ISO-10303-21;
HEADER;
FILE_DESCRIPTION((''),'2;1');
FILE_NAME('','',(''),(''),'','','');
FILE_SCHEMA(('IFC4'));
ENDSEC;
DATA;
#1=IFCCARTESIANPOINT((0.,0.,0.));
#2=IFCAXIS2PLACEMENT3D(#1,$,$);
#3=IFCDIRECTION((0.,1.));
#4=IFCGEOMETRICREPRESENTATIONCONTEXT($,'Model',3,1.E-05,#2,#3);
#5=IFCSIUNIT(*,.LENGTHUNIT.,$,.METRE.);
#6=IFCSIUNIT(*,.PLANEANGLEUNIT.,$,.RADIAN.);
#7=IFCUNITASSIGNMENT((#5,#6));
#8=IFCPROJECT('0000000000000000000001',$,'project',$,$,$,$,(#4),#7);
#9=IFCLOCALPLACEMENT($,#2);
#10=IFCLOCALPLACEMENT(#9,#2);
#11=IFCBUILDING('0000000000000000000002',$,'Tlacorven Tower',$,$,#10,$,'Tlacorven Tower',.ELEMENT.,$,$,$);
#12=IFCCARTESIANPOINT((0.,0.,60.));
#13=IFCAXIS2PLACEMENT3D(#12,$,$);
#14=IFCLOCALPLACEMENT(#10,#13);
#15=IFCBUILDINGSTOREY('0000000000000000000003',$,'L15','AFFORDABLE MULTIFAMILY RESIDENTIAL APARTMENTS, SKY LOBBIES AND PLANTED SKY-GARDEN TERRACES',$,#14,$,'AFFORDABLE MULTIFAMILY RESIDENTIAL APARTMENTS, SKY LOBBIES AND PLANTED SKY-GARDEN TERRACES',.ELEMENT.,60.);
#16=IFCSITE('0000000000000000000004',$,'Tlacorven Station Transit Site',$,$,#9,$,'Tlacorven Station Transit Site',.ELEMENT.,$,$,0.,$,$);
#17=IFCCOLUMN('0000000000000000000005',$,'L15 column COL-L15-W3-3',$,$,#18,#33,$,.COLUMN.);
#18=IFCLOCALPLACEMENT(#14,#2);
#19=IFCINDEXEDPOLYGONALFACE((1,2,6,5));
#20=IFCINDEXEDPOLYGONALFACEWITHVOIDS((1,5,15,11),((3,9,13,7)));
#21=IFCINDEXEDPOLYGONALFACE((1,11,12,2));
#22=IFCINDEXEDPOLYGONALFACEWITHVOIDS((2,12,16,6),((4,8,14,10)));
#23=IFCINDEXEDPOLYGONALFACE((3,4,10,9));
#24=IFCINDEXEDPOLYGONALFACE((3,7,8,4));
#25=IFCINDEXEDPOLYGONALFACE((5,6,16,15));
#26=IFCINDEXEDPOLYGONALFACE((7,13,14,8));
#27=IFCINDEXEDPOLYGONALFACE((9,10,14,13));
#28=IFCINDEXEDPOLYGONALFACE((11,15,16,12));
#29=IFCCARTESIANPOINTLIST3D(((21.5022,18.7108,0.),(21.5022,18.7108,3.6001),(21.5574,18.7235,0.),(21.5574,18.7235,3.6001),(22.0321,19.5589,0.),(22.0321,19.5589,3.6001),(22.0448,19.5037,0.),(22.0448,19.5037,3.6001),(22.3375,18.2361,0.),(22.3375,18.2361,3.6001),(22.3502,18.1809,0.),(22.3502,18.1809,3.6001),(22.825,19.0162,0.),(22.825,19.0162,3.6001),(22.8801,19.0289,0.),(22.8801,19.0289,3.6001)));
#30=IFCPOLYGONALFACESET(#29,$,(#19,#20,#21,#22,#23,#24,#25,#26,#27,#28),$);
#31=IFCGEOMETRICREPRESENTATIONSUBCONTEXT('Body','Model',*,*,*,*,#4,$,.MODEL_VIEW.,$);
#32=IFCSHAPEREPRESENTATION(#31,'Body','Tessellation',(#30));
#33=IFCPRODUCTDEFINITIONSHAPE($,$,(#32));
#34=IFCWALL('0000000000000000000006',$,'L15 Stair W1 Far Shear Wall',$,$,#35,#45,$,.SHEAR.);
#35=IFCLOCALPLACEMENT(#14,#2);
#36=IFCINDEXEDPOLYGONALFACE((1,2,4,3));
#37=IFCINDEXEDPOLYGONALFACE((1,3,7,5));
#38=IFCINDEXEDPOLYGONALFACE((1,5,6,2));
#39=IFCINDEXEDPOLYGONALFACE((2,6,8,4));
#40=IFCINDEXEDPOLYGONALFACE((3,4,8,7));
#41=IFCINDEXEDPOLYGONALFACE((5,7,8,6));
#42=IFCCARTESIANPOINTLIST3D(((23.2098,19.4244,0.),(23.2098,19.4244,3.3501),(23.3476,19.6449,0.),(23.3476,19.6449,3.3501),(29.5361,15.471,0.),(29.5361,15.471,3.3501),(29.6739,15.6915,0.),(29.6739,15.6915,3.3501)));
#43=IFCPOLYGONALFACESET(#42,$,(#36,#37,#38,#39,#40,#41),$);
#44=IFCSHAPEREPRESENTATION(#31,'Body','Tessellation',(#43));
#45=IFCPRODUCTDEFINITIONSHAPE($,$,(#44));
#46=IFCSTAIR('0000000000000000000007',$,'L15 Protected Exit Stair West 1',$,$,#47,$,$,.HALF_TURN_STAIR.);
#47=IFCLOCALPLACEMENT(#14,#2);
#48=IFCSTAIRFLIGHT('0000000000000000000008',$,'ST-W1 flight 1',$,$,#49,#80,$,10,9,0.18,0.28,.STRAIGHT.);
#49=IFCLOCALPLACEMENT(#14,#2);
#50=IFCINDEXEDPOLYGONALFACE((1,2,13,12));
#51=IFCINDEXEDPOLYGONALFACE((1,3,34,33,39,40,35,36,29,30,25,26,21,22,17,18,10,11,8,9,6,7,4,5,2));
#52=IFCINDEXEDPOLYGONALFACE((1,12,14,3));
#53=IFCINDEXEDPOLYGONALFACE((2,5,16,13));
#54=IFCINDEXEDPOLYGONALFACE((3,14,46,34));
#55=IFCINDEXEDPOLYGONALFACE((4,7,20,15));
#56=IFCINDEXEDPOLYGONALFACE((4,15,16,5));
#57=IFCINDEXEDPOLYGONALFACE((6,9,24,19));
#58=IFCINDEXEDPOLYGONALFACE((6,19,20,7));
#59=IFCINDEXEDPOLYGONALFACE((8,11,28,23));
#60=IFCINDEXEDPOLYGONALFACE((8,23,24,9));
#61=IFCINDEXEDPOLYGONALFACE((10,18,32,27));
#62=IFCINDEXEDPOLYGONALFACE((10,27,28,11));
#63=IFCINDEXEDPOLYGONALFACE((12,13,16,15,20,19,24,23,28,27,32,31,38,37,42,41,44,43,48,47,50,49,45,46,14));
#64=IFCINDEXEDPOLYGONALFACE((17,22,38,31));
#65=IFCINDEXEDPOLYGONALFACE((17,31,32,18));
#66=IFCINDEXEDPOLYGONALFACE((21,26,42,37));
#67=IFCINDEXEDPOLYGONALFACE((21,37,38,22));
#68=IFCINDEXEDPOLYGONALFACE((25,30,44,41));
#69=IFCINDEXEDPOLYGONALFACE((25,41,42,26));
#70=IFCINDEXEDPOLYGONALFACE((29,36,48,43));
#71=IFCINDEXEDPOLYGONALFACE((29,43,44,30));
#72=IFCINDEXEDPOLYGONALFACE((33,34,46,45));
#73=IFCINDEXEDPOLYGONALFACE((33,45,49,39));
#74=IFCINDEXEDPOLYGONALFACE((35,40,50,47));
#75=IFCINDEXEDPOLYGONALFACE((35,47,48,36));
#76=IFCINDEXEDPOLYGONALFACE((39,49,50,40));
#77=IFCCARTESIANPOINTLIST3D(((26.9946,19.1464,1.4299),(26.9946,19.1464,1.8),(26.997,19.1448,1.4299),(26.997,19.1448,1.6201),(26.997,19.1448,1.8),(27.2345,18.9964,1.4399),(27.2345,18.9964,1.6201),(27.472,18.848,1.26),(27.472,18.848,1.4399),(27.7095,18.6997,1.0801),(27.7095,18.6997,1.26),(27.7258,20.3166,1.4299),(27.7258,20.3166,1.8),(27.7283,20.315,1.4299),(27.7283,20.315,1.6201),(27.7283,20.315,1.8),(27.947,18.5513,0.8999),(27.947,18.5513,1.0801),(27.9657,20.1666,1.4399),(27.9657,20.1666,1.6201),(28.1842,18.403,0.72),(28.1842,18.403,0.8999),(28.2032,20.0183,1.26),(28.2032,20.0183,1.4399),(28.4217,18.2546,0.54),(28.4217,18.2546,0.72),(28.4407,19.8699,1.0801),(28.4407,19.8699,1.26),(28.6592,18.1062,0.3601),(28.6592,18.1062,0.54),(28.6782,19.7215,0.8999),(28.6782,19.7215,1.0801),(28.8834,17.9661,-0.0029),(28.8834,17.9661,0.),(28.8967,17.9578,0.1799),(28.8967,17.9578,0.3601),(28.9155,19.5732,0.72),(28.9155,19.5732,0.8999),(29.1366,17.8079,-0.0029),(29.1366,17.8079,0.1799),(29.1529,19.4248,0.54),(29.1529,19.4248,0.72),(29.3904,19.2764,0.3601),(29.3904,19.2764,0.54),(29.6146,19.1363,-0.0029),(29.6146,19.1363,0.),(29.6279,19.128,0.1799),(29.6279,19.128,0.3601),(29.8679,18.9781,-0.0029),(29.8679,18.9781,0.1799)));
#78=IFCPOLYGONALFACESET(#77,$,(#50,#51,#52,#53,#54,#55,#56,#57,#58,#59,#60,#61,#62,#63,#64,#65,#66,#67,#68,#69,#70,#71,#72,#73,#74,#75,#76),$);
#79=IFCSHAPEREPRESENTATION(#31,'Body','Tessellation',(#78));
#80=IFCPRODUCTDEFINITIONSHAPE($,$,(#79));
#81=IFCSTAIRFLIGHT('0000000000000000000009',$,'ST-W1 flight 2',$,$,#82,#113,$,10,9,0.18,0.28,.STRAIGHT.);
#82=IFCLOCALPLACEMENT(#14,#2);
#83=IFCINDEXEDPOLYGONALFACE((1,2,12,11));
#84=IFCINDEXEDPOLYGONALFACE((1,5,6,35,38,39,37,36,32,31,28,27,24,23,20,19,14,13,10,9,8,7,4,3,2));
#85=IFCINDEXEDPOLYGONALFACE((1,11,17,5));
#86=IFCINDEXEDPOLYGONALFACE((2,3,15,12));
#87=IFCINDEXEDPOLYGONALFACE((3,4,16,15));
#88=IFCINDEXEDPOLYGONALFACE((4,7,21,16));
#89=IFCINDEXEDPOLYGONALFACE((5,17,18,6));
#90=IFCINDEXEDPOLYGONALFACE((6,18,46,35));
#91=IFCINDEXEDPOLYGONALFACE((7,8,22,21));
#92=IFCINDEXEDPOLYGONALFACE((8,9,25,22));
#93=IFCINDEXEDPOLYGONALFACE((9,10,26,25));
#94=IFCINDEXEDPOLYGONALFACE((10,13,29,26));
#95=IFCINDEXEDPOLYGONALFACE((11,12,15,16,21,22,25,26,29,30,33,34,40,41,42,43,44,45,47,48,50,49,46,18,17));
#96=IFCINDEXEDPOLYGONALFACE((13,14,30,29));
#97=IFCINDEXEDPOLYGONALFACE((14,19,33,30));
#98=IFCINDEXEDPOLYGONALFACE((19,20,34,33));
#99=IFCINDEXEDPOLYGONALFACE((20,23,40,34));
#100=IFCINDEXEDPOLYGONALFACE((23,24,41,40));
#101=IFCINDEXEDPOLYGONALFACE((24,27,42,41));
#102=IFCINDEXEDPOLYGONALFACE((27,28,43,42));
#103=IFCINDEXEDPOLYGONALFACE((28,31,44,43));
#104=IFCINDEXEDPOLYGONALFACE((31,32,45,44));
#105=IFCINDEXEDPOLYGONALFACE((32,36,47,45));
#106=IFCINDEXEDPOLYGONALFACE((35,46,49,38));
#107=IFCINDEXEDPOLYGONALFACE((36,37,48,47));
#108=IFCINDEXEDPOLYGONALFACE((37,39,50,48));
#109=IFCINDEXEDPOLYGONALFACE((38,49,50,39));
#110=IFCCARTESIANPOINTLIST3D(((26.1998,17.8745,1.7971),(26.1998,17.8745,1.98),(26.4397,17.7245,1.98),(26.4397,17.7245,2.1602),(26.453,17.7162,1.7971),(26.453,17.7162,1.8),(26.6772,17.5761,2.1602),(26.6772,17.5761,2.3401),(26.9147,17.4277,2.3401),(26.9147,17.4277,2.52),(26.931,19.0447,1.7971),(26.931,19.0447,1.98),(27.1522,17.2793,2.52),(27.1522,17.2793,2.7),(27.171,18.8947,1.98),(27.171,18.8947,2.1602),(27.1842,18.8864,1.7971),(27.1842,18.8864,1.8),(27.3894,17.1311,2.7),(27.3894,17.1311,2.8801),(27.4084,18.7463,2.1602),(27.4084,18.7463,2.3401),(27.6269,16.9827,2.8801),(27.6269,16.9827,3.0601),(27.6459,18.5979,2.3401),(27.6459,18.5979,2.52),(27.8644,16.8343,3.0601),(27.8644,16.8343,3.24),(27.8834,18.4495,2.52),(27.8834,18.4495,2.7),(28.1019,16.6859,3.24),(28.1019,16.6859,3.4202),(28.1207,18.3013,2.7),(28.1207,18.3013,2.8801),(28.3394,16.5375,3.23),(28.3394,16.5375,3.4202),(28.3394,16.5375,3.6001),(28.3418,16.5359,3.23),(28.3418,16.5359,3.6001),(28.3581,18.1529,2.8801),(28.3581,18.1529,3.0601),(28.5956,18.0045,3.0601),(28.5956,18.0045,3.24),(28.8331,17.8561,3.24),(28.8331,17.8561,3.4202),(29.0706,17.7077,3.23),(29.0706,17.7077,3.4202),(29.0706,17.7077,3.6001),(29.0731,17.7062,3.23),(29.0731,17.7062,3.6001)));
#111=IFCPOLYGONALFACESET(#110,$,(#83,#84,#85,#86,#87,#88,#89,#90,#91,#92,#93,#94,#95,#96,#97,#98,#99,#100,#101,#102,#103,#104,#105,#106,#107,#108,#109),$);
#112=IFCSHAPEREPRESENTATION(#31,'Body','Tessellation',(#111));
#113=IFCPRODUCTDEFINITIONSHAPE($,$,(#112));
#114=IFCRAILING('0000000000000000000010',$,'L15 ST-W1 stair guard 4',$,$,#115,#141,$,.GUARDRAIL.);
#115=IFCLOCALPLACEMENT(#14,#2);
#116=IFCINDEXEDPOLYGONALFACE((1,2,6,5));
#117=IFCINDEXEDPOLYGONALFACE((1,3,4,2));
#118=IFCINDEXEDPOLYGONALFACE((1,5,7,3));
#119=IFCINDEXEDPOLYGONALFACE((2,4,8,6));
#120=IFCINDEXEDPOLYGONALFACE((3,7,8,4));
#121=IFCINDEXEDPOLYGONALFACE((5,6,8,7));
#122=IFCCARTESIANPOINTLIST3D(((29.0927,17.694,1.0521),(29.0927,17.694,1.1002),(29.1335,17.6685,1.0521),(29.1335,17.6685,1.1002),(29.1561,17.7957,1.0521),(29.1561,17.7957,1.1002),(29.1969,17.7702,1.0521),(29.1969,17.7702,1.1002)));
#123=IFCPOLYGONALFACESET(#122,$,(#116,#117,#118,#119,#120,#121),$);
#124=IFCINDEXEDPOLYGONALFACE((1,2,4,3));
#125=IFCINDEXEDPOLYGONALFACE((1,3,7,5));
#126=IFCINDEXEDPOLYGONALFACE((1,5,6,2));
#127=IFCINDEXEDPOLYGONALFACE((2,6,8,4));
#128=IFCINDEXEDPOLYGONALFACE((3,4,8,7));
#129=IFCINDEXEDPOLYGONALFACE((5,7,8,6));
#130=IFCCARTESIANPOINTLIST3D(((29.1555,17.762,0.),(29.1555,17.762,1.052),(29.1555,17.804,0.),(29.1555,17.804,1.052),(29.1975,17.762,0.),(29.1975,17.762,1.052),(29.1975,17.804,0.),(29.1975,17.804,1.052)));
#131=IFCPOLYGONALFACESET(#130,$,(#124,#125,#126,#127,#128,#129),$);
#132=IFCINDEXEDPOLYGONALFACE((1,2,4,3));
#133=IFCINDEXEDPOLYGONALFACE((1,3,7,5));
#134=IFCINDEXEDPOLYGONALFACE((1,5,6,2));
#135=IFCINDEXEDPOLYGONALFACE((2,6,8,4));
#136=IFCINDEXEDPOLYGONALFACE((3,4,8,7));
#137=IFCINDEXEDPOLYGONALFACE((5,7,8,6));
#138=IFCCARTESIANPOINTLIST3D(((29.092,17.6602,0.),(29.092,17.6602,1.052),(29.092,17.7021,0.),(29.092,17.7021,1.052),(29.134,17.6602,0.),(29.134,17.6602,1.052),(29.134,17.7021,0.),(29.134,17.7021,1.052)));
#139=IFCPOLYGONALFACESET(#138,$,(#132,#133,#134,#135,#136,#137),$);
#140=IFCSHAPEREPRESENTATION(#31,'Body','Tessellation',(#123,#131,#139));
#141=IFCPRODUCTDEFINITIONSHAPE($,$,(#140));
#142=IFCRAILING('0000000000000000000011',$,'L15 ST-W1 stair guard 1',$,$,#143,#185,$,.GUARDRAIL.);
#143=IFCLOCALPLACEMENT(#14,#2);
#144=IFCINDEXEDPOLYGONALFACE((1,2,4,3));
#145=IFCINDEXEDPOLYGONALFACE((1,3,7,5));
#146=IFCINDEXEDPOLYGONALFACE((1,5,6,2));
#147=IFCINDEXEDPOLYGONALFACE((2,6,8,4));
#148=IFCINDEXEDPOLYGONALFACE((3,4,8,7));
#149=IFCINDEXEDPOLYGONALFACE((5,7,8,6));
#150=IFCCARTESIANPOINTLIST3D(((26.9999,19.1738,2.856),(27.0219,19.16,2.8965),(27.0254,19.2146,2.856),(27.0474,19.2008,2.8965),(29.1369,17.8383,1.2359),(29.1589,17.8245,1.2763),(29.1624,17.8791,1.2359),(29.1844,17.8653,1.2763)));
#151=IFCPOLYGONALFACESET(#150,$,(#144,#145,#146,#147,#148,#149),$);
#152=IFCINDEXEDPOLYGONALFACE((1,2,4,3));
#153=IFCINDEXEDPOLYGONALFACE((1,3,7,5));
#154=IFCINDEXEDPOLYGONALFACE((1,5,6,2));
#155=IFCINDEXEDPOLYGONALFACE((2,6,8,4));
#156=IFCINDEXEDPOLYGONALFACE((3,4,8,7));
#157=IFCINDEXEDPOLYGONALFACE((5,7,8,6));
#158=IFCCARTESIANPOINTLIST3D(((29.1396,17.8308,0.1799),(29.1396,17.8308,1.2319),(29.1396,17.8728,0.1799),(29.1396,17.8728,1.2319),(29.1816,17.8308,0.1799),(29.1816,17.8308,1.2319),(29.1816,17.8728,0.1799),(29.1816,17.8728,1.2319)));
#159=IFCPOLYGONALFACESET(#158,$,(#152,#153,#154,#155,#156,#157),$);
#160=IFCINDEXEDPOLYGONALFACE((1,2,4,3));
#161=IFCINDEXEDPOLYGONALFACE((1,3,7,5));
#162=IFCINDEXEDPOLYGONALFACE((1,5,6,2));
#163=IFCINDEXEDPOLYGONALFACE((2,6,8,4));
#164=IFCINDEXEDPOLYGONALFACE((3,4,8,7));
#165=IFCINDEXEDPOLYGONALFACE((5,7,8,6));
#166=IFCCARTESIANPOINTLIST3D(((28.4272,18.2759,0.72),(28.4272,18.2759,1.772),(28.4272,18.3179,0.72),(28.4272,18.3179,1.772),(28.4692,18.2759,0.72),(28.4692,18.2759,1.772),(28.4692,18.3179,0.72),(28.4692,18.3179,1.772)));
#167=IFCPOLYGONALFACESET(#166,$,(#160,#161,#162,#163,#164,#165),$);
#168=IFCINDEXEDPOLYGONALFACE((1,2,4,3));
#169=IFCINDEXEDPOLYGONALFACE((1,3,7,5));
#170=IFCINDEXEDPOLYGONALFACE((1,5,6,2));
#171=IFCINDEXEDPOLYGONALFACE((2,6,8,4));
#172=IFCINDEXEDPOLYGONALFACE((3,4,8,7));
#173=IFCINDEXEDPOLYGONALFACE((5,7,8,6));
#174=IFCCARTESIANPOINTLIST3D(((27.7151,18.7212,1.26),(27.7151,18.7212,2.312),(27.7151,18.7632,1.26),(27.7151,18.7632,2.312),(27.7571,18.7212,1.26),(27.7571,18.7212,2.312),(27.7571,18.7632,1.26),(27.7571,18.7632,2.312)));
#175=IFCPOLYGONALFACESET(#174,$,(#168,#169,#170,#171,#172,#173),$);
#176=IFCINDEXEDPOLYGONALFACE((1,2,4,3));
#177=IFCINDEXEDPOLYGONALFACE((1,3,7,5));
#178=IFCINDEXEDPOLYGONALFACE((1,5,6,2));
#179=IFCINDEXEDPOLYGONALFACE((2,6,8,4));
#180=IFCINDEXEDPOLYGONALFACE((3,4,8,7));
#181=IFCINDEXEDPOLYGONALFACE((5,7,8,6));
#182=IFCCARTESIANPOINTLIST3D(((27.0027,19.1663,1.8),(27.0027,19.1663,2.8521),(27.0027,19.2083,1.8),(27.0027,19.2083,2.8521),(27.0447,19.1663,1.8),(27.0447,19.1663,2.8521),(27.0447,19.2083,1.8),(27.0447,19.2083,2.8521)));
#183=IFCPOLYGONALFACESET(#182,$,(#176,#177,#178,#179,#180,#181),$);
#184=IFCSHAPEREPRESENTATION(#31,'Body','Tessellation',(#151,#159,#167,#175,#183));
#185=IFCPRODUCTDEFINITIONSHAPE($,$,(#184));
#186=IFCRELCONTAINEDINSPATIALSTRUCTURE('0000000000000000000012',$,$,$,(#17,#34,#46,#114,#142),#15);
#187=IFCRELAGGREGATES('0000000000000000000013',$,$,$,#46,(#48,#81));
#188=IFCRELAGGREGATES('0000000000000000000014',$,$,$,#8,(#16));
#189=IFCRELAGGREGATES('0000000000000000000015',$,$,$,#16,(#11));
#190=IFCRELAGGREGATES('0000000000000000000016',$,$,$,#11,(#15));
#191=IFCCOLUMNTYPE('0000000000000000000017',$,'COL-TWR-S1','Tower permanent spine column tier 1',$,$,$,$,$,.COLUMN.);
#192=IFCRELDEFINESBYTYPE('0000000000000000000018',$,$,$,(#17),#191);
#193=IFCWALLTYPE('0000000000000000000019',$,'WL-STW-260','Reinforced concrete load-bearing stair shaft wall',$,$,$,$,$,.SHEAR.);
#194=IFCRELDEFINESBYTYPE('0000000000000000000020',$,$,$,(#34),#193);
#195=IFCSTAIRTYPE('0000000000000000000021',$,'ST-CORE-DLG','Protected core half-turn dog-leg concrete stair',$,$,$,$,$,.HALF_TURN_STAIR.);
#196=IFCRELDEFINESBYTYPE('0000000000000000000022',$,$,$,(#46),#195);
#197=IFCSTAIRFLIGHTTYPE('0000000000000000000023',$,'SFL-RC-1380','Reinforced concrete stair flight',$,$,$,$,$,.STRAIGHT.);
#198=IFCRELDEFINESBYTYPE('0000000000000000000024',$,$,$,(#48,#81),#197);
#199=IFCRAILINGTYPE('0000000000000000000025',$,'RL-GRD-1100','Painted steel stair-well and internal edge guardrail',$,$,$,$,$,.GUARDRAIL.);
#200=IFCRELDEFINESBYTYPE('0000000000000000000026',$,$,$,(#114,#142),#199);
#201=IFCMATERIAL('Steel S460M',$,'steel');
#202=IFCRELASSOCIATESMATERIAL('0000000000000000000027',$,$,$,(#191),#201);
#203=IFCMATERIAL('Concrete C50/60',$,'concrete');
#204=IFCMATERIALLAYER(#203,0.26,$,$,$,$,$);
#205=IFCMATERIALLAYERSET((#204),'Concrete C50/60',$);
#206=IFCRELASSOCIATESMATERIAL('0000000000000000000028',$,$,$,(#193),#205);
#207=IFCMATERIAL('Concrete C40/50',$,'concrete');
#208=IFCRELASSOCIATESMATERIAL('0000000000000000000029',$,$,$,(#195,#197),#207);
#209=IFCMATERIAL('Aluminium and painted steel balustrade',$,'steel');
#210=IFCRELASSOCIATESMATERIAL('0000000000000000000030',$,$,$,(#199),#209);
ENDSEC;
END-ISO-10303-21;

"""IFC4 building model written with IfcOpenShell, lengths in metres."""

from ifc_helpers import new_model, si_unit, direction, frame, frame_2d, origin, origin_2d, place, context, subcontext, project, spatial, polyline, rectangle, hollow_rectangle, outline, extrude, source, transform, mapped, material, layer, layer_set, material_profile, profile_set, type_object, element, aggregate, save


model = new_model("IFC4")

# Units and contexts
model_context = context("Model", 3, precision=1e-05, world=origin(), true_north=direction((0.0, 1.0)))
body_context = subcontext(model_context, "Body", "Model", "MODEL_VIEW")
ifc_project = project(units=[si_unit("LENGTHUNIT", "METRE"), si_unit("PLANEANGLEUNIT", "RADIAN")], contexts=[model_context])

# Site, building, storey
site_placement = place(None, origin())
site = spatial("IfcSite", under=ifc_project, at=site_placement, Name="Tlacorven Station Transit Site", LongName="Tlacorven Station Transit Site", CompositionType="ELEMENT", RefElevation=0.0)
building_placement = place(site_placement, origin())
building = spatial("IfcBuilding", under=site, at=building_placement, Name="Tlacorven Tower", LongName="Tlacorven Tower", CompositionType="ELEMENT")
storey_placement = place(building_placement, frame((0.0, 0.0, 60.0)))
storey = spatial("IfcBuildingStorey", under=building, at=storey_placement, Name="L15", Description="AFFORDABLE MULTIFAMILY RESIDENTIAL APARTMENTS, SKY LOBBIES AND PLANTED SKY-GARDEN TERRACES", LongName="AFFORDABLE MULTIFAMILY RESIDENTIAL APARTMENTS, SKY LOBBIES AND PLANTED SKY-GARDEN TERRACES", CompositionType="ELEMENT", Elevation=60.0)

# Column
ifc_material_1 = material(Name="Steel S460M", Category="steel")
ifc_material_profile = material_profile(ifc_material_1, hollow_rectangle(XDim=1.0, YDim=1.0, WallThickness=0.04, at=origin_2d()), Name="BOX 1000X1000X40")
ifc_profile_set = profile_set([ifc_material_profile], Name="Steel S460M")
column_type = type_object("IfcColumnType", Name="COL-TWR-S1", Description="Tower permanent spine column tier 1", PredefinedType="COLUMN", material=ifc_profile_set)
shared_shape_1 = source(origin(), body_context, "Body", "SweptSolid", [
    extrude(hollow_rectangle(XDim=1.0, YDim=1.0, WallThickness=0.04, at=origin_2d()), origin(), (0.0, 0.0, 1.0), 3.6001),
])
column_placement = place(storey_placement, frame((22.1912, 18.8699, 0.0), z_axis=(0.0, 0.0, 1.0), x_axis=(-0.848048, 0.529919, 0.0)))
element("IfcColumn", 1, at=column_placement, inside=storey, type_object=column_type, Name="L15 column COL-L15-W3-3", PredefinedType="COLUMN", context=body_context, shape_type="MappedRepresentation", body=[
    mapped(shared_shape_1, transform((0.0, 0.0, 0.0), scale=1.0)),
])

# Wall
ifc_material_2 = material(Name="Concrete C50/60", Category="concrete")
ifc_layer = layer(ifc_material_2, 0.26)
ifc_layer_set = layer_set([ifc_layer], Name="Concrete C50/60")
wall_type = type_object("IfcWallType", Name="WL-STW-260", Description="Reinforced concrete load-bearing stair shaft wall", PredefinedType="SHEAR", material=ifc_layer_set)
wall_placement = place(storey_placement, frame((29.605, 15.5813, 0.0), z_axis=(0.0, 0.0, 1.0), x_axis=(-0.848037, 0.529937, 0.0)))
element("IfcWall", 2, at=wall_placement, inside=storey, type_object=wall_type, Name="L15 Stair W1 Far Shear Wall", PredefinedType="SHEAR", context=body_context, shape_type="SweptSolid", body=[
    extrude(rectangle(XDim=7.46, YDim=0.26, at=frame_2d((3.73, 0.0))), origin(), (0.0, 0.0, 1.0), 3.3501),
])

# Stair, stair flights
ifc_material_3 = material(Name="Concrete C40/50", Category="concrete")
stair_type = type_object("IfcStairType", Name="ST-CORE-DLG", Description="Protected core half-turn dog-leg concrete stair", PredefinedType="HALF_TURN_STAIR", material=ifc_material_3)
stair_placement = place(storey_placement, origin())
stair = element("IfcStair", 3, at=stair_placement, inside=storey, type_object=stair_type, Name="L15 Protected Exit Stair West 1", PredefinedType="HALF_TURN_STAIR")
stair_flight_type = type_object("IfcStairFlightType", Name="SFL-RC-1380", Description="Reinforced concrete stair flight", PredefinedType="STRAIGHT", material=ifc_material_3)
shared_shape_2 = source(origin(), body_context, "Body", "SweptSolid", [
    extrude(outline(polyline([(-0.0029, -0.0029), (-0.0029, 0.1799), (0.28, 0.1799), (0.28, 0.3601), (0.5601, 0.3601), (0.5601, 0.54), (0.8401, 0.54), (0.8401, 0.72), (1.1201, 0.72), (1.1201, 0.8999), (1.3999, 0.8999), (1.3999, 1.0801), (1.6799, 1.0801), (1.6799, 1.26), (1.96, 1.26), (1.96, 1.4399), (2.24, 1.4399), (2.24, 1.6201), (2.52, 1.6201), (2.52, 1.8), (2.5229, 1.8), (2.5229, 1.4299), (2.52, 1.4299), (0.2957, 0.0), (0.2957, -0.0029), (-0.0029, -0.0029)])), frame((0.0, 0.6899, 0.0), z_axis=(0.0, -1.0, 0.0), x_axis=(1.0, 0.0, 0.0)), (0.0, 0.0, 1.0), 1.3799),
])
stair_flight_1_placement = place(storey_placement, frame((29.4998, 18.3945, 0.0), z_axis=(0.0, 0.0, 1.0), x_axis=(-0.848048, 0.529919, 0.0)))
stair_flight_1 = element("IfcStairFlight", 4, at=stair_flight_1_placement, type_object=stair_flight_type, Name="ST-W1 flight 1", NumberOfRisers=10, NumberOfTreads=9, PredefinedType="STRAIGHT", RiserHeight=0.18, TreadLength=0.28, context=body_context, shape_type="MappedRepresentation", body=[
    mapped(shared_shape_2, transform((0.0, 0.0, 0.0), scale=1.0)),
])
stair_flight_2_placement = place(storey_placement, frame((26.5679, 18.458, 1.8), z_axis=(0.0, 0.0, 1.0), x_axis=(0.848048, -0.529919, 0.0)))
stair_flight_2 = element("IfcStairFlight", 5, at=stair_flight_2_placement, type_object=stair_flight_type, Name="ST-W1 flight 2", NumberOfRisers=10, NumberOfTreads=9, PredefinedType="STRAIGHT", RiserHeight=0.18, TreadLength=0.28, context=body_context, shape_type="MappedRepresentation", body=[
    mapped(shared_shape_2, transform((0.0, 0.0, 0.0), scale=1.0)),
])
aggregate(stair, [stair_flight_1, stair_flight_2])

# Railings
ifc_material_4 = material(Name="Aluminium and painted steel balustrade", Category="steel")
railing_type_1 = type_object("IfcRailingType", Name="RL-GRD-1100", Description="Painted steel stair-well and internal edge guardrail", PredefinedType="GUARDRAIL", material=ifc_material_4)
shared_shape_3 = source(origin(), body_context, "Body", "SweptSolid", [
    extrude(rectangle(XDim=0.0481, YDim=0.0481, at=origin_2d()), frame((0.0, 0.0, 1.0762), z_axis=(-0.529084, -0.848569, 0.0), x_axis=(0.848569, -0.529084, 0.0)), (0.0, 0.0, 1.0), 0.1199),
    extrude(rectangle(XDim=0.042, YDim=0.042, at=origin_2d()), origin(), (0.0, 0.0, 1.0), 1.052),
    extrude(rectangle(XDim=0.042, YDim=0.042, at=origin_2d()), frame((-0.0635, -0.1018, 0.0)), (0.0, 0.0, 1.0), 1.052),
])
railing_1_placement = place(storey_placement, frame((29.1765, 17.783, 0.0)))
element("IfcRailing", 6, at=railing_1_placement, inside=storey, type_object=railing_type_1, Name="L15 ST-W1 stair guard 4", PredefinedType="GUARDRAIL", context=body_context, shape_type="MappedRepresentation", body=[
    mapped(shared_shape_3, transform((0.0, 0.0, 0.0), scale=1.0)),
])
shared_shape_4 = source(origin(), body_context, "Body", "SweptSolid", [
    extrude(rectangle(XDim=0.0481, YDim=0.0481, at=origin_2d()), frame((0.0, 0.0, 1.0762), z_axis=(-0.71332, 0.445774, 0.540796), x_axis=(-0.529955, -0.848026, 0.0)), (0.0, 0.0, 1.0), 2.9958),
    extrude(rectangle(XDim=0.042, YDim=0.042, at=origin_2d()), origin(), (0.0, 0.0, 1.0), 1.052),
    extrude(rectangle(XDim=0.042, YDim=0.042, at=origin_2d()), frame((-0.7124, 0.4451, 0.54)), (0.0, 0.0, 1.0), 1.052),
    extrude(rectangle(XDim=0.042, YDim=0.042, at=origin_2d()), frame((-1.4246, 0.8904, 1.0801)), (0.0, 0.0, 1.0), 1.052),
    extrude(rectangle(XDim=0.042, YDim=0.042, at=origin_2d()), frame((-2.137, 1.3354, 1.6201)), (0.0, 0.0, 1.0), 1.052),
])
railing_2_placement = place(storey_placement, frame((29.1606, 17.8518, 0.1799)))
element("IfcRailing", 7, at=railing_2_placement, inside=storey, type_object=railing_type_1, Name="L15 ST-W1 stair guard 1", PredefinedType="GUARDRAIL", context=body_context, shape_type="MappedRepresentation", body=[
    mapped(shared_shape_4, transform((0.0, 0.0, 0.0), scale=1.0)),
])

save(model, "model.ifc")
